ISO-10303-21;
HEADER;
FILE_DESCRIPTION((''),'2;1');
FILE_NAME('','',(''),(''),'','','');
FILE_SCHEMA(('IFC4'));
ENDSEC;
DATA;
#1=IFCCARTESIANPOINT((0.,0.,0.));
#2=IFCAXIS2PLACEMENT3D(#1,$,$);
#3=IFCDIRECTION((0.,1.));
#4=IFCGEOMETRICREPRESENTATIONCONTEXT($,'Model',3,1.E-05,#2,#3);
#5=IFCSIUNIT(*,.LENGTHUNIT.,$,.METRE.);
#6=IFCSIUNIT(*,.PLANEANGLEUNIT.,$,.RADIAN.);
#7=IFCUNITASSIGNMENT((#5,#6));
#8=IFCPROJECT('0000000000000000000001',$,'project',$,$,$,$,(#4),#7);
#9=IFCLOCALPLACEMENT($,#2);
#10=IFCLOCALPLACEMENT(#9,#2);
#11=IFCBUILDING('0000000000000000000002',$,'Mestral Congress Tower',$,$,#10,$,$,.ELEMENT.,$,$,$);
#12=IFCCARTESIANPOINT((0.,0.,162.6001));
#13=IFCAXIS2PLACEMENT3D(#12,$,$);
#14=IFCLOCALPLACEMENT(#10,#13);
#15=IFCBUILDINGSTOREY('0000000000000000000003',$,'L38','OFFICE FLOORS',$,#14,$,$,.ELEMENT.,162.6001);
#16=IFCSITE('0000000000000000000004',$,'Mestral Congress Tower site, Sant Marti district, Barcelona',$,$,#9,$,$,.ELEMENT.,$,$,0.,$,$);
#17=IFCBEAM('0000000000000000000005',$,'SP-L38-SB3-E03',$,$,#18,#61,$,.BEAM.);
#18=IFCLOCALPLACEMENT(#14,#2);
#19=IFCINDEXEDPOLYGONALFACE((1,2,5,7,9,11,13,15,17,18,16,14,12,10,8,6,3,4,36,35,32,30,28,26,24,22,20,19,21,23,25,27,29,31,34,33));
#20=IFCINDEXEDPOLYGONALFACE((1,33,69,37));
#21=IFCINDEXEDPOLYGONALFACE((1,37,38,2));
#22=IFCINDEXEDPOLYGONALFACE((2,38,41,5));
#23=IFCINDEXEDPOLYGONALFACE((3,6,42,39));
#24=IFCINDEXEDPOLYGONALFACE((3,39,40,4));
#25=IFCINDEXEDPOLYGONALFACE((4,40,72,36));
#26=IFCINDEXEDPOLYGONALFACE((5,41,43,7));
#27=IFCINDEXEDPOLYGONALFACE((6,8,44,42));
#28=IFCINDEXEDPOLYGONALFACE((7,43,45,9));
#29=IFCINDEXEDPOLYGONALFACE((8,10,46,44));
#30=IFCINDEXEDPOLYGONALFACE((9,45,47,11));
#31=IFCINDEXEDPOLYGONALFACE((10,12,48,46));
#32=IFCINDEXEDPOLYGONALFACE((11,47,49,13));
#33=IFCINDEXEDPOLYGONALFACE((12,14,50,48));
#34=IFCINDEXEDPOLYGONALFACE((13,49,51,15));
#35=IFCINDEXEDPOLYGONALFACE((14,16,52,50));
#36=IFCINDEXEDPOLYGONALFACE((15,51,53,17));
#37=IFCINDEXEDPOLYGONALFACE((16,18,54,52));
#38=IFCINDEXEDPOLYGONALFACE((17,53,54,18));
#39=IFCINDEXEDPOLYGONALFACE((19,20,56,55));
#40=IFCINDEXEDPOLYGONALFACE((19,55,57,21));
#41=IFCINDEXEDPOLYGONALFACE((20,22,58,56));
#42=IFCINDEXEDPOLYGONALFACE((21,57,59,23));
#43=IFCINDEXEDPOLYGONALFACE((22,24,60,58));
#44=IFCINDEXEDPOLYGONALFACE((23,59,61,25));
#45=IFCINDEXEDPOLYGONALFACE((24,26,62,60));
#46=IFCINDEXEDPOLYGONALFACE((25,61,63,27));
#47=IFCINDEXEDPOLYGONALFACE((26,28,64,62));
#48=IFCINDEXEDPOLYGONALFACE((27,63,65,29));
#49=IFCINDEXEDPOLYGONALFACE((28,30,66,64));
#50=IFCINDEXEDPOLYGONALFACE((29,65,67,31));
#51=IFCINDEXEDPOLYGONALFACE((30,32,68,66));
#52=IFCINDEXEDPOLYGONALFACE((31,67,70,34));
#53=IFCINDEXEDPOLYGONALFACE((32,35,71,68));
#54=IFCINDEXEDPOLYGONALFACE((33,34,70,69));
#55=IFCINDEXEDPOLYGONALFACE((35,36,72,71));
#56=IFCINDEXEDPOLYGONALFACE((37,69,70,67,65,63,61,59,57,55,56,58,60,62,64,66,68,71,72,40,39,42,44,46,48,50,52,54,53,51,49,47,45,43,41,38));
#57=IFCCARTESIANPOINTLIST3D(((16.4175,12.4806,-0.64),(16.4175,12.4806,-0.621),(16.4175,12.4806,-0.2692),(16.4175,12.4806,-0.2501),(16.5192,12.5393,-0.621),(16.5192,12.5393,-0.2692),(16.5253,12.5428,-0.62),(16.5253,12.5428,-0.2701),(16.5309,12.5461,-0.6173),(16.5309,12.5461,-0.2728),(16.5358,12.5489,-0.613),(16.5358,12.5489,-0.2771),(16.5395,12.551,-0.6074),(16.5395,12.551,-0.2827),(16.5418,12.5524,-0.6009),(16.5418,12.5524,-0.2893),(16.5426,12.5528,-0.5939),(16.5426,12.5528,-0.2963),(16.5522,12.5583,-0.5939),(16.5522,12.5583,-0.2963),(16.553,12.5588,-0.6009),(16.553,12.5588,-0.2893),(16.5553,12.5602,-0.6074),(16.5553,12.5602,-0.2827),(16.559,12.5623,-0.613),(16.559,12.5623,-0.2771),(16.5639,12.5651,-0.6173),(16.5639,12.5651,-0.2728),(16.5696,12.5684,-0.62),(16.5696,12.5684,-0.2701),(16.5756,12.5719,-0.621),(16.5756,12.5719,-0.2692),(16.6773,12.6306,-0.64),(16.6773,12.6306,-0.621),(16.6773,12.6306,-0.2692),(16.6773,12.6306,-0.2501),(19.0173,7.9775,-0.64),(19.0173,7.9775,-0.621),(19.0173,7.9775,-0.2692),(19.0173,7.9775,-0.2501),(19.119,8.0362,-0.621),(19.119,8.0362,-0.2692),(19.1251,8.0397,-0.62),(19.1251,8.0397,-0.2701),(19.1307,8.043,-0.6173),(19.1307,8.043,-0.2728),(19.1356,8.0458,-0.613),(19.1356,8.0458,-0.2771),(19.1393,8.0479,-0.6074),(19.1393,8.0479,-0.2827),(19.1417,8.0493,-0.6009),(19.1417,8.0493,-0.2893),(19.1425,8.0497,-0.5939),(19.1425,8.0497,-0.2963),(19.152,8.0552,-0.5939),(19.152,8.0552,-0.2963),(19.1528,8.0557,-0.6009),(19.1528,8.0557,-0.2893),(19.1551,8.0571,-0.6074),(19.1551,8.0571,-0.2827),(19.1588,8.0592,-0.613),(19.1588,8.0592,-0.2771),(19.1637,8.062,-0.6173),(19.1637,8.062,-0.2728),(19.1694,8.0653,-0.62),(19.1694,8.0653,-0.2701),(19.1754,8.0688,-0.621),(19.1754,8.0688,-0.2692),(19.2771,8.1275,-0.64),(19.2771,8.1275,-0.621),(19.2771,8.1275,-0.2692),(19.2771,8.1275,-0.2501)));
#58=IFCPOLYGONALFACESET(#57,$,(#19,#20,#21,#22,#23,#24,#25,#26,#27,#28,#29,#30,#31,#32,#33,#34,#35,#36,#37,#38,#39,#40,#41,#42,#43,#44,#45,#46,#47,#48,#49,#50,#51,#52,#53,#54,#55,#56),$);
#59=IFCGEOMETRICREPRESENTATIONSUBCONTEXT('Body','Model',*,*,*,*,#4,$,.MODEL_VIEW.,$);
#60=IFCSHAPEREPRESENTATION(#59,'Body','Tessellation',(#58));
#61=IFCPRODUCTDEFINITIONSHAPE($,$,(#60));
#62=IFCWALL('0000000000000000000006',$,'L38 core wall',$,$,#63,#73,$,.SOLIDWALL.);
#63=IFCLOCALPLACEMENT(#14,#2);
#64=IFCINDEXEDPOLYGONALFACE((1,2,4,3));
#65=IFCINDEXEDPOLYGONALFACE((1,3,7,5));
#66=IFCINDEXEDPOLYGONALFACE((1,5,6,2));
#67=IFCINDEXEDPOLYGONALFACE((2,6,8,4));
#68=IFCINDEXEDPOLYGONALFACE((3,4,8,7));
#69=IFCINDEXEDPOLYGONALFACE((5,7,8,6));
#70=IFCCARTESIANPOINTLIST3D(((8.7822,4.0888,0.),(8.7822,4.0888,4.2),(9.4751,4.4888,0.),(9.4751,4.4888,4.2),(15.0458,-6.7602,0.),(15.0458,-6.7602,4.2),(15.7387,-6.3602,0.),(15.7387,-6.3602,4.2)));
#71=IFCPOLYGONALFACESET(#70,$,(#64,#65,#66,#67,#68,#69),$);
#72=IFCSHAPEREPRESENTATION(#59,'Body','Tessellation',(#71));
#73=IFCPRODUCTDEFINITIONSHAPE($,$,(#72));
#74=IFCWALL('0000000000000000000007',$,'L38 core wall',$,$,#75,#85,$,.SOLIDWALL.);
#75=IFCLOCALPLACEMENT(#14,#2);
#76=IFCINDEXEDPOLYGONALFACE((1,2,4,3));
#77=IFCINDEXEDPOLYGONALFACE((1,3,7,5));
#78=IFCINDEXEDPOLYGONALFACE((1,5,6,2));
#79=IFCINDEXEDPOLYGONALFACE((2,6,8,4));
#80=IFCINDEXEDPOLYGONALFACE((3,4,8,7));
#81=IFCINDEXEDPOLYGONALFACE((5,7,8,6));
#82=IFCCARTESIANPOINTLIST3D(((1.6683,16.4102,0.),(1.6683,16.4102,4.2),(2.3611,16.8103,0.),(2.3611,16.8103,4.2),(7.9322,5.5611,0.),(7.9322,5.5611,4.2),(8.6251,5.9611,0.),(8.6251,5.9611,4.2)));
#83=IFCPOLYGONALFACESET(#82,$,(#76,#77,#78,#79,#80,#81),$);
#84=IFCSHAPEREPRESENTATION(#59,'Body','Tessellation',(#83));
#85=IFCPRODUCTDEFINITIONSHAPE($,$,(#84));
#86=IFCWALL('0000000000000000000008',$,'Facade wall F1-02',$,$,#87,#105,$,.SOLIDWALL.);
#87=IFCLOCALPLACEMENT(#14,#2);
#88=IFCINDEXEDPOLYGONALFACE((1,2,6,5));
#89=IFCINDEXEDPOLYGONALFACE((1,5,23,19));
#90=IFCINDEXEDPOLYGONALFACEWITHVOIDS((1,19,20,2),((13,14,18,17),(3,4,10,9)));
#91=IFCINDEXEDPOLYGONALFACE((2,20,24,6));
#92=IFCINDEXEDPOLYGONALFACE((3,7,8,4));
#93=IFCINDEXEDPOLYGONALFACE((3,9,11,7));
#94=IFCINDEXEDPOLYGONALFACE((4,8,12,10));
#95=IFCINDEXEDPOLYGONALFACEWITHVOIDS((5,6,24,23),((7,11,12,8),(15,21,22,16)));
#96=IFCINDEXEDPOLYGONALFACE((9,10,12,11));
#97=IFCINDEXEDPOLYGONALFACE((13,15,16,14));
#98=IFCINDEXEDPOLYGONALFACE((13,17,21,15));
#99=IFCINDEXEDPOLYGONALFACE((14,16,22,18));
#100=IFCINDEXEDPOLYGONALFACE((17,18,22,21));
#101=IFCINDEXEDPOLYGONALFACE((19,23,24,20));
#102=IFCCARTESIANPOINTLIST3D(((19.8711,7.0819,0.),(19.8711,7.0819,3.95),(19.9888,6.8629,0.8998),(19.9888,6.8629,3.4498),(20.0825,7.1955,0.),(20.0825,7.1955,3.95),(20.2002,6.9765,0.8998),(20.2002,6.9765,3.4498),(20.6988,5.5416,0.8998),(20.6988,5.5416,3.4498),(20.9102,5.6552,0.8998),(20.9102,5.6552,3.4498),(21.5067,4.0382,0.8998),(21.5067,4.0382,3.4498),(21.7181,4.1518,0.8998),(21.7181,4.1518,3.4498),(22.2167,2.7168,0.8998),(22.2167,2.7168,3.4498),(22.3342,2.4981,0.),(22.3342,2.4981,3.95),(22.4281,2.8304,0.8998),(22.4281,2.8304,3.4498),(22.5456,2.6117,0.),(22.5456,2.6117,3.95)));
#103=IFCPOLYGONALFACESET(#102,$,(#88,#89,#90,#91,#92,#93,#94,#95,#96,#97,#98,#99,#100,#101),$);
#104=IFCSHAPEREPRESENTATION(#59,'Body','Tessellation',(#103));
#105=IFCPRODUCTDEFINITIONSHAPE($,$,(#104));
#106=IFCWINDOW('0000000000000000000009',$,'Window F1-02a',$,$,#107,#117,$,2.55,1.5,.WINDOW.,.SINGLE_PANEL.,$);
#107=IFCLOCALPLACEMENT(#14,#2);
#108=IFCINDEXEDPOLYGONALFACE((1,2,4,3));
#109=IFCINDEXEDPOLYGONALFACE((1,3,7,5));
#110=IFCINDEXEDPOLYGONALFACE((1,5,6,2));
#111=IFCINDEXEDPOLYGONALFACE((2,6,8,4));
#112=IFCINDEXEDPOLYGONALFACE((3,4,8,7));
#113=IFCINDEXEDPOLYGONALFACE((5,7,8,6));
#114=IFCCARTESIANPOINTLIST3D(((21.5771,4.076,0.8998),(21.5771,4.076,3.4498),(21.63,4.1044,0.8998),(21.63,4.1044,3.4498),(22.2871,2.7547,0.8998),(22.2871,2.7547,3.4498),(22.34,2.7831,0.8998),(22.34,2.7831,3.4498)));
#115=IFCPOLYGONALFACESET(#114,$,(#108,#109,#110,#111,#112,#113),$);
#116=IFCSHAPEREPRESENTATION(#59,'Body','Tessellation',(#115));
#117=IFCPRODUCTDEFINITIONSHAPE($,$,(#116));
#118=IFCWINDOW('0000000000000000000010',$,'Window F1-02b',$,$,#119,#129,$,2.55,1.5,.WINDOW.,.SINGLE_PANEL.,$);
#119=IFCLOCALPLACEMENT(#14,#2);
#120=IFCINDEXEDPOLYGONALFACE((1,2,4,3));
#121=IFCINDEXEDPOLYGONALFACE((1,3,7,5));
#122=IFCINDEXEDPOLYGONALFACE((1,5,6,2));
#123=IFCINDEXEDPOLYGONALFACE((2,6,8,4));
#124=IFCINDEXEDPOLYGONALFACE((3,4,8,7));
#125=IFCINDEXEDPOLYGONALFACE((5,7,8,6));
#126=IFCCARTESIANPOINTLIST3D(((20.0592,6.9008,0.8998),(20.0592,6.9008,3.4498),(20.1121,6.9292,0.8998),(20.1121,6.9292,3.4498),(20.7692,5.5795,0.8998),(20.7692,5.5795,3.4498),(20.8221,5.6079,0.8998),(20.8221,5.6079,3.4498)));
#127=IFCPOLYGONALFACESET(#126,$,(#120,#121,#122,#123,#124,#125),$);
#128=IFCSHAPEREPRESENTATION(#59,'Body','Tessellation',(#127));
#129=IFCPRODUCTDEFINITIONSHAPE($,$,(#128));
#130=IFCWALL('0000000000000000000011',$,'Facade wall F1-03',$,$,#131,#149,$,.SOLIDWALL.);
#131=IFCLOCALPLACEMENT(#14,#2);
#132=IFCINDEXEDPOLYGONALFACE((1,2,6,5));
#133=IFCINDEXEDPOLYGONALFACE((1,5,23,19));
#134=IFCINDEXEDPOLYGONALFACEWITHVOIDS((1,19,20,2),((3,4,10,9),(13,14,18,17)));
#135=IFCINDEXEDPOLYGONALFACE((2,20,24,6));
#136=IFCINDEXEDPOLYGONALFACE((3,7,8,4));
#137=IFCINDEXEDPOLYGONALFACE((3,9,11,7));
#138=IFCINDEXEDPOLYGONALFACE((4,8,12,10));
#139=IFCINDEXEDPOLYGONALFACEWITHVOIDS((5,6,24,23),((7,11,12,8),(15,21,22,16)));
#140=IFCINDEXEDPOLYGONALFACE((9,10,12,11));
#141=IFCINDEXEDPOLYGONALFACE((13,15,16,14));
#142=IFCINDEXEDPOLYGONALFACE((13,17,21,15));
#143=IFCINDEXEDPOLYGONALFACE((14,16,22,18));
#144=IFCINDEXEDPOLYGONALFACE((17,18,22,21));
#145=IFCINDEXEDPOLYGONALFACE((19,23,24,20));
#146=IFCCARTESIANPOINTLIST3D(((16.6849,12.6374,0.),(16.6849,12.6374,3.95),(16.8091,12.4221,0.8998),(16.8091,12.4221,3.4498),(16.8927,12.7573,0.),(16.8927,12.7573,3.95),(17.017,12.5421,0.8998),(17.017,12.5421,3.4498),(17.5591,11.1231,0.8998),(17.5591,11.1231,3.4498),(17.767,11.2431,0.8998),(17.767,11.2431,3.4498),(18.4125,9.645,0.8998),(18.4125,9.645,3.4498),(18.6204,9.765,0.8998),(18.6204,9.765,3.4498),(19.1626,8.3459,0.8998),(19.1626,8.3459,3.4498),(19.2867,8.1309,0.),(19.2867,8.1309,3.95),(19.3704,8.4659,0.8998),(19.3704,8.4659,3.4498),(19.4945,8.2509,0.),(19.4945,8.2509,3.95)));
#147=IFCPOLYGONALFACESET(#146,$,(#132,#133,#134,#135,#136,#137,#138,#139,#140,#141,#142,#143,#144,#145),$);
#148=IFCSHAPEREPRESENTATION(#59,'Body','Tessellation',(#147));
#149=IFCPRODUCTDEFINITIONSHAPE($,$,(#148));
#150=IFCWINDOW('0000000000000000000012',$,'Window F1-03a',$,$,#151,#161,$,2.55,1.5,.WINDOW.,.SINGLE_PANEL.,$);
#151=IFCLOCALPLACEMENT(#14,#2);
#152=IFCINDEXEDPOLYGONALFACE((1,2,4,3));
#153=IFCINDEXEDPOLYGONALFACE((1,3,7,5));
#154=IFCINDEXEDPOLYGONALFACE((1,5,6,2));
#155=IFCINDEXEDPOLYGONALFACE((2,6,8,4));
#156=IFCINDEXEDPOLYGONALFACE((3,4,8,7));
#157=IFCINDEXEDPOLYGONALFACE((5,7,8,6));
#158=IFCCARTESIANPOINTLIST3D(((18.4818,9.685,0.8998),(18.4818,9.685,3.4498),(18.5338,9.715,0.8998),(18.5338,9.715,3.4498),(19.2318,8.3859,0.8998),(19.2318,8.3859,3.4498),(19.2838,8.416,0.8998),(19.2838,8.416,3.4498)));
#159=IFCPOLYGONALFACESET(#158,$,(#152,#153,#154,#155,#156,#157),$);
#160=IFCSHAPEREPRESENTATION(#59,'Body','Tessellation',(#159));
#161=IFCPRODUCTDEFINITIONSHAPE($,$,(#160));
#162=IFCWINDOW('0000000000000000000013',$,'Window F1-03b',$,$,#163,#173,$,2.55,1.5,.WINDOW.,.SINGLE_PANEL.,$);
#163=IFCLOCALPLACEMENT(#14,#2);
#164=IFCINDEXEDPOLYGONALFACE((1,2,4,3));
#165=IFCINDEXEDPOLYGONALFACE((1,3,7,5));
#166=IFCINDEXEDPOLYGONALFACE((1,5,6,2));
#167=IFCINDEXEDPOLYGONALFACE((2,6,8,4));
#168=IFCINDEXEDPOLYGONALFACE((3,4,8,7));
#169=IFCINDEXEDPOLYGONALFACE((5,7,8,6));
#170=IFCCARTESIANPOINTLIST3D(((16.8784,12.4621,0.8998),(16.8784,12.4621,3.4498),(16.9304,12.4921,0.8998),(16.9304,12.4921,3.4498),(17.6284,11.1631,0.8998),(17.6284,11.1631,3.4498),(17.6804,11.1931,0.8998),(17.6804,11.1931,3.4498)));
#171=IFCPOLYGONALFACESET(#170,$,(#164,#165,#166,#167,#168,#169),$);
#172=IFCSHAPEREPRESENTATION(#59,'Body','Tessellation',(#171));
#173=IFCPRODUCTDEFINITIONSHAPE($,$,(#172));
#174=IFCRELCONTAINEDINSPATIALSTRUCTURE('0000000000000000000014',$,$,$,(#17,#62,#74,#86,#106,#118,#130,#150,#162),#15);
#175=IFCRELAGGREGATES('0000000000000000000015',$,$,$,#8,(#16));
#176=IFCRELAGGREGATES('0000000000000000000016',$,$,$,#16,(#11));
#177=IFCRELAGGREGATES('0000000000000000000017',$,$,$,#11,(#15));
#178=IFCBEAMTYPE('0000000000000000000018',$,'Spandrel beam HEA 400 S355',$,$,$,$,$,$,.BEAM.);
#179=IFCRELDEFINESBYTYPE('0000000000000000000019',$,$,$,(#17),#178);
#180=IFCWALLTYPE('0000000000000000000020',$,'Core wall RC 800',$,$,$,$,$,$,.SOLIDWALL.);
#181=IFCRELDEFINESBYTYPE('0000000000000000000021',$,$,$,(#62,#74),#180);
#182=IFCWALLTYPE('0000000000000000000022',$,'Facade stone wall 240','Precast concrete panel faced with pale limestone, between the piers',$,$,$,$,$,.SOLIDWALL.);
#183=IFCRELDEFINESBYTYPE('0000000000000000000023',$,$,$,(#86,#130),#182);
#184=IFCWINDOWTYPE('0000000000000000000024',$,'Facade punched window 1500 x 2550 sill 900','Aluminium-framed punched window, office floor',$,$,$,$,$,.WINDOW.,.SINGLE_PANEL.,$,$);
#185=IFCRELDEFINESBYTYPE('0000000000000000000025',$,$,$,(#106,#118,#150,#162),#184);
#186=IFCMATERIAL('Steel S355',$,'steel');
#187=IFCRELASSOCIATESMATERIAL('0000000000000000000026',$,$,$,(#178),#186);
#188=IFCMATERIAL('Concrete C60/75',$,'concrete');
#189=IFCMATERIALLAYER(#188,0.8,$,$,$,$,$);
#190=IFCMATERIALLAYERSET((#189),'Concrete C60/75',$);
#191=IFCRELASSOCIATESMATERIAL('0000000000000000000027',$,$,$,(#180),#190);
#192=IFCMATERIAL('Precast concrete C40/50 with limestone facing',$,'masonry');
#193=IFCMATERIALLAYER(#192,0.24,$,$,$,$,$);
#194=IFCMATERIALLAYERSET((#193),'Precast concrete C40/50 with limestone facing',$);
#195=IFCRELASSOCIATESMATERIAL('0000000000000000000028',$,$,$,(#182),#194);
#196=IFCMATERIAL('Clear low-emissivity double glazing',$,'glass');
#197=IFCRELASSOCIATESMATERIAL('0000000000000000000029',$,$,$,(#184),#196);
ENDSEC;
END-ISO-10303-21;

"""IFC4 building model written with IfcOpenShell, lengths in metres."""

from ifc_helpers import new_model, si_unit, direction, frame, frame_2d, origin, origin_2d, place, context, subcontext, project, spatial, rectangle, i_section, extrude, material, layer, layer_set, material_profile, profile_set, type_object, element, fill, save


model = new_model("IFC4")

# Units and contexts
model_context = context("Model", 3, precision=1e-05, world=origin(), true_north=direction((0.0, 1.0)))
body_context = subcontext(model_context, "Body", "Model", "MODEL_VIEW")
ifc_project = project(units=[si_unit("LENGTHUNIT", "METRE"), si_unit("PLANEANGLEUNIT", "RADIAN")], contexts=[model_context])

# Site, building, storey
site_placement = place(None, origin())
site = spatial("IfcSite", under=ifc_project, at=site_placement, Name="Mestral Congress Tower site, Sant Marti district, Barcelona", CompositionType="ELEMENT", RefElevation=0.0)
building_placement = place(site_placement, origin())
building = spatial("IfcBuilding", under=site, at=building_placement, Name="Mestral Congress Tower", CompositionType="ELEMENT")
storey_placement = place(building_placement, frame((0.0, 0.0, 162.6001)))
storey = spatial("IfcBuildingStorey", under=building, at=storey_placement, Name="L38", Description="OFFICE FLOORS", CompositionType="ELEMENT", Elevation=162.6001)

# Shared definitions
ifc_material_1 = material(Name="Concrete C60/75", Category="concrete")

# Beam
ifc_material_2 = material(Name="Steel S355", Category="steel")
ifc_material_profile_1 = material_profile(ifc_material_2, i_section(OverallWidth=0.3, OverallDepth=0.3899, WebThickness=0.011, FlangeThickness=0.019, FilletRadius=0.0271, at=origin_2d()), Name="HEA 400")
ifc_profile_set_1 = profile_set([ifc_material_profile_1], Name="Steel S355")
beam_type_1 = type_object("IfcBeamType", Name="Spandrel beam HEA 400 S355", PredefinedType="BEAM", material=ifc_profile_set_1)
for number, where, z_axis, x_axis, name in (
    (1, (19.1472, 8.0525, -0.4451), (-0.499992, 0.86603, 0.0), (-0.86603, -0.499992, 0.0), "SP-L38-SB3-E03"),
):
    element("IfcBeam", number, at=place(storey_placement, frame(where, z_axis=z_axis, x_axis=x_axis)), inside=storey, type_object=beam_type_1, Name=name, PredefinedType="BEAM", context=body_context, shape_type="SweptSolid", body=[
        extrude(i_section(OverallWidth=0.3, OverallDepth=0.3899, WebThickness=0.011, FlangeThickness=0.019, FilletRadius=0.0271, at=origin_2d()), origin(), (0.0, 0.0, 1.0), 5.1997),
    ])

# Walls
ifc_layer_1 = layer(ifc_material_1, 0.8)
ifc_layer_set_1 = layer_set([ifc_layer_1], Name="Concrete C60/75")
wall_type_1 = type_object("IfcWallType", Name="Core wall RC 800", PredefinedType="SOLIDWALL", material=ifc_layer_set_1)
wall_1_placement = place(storey_placement, frame((9.1287, 4.2888, 0.0), z_axis=(0.0, 0.0, 1.0), x_axis=(0.499996, -0.866028, 0.0)))
element("IfcWall", 2, at=wall_1_placement, inside=storey, type_object=wall_type_1, Name="L38 core wall", PredefinedType="SOLIDWALL", context=body_context, shape_type="SweptSolid", body=[
    extrude(rectangle(XDim=12.5273, YDim=0.8, at=frame_2d((6.2637, 0.0))), origin(), (0.0, 0.0, 1.0), 4.2),
])
wall_2_placement = place(storey_placement, frame((8.2786, 5.7612, 0.0), z_axis=(0.0, 0.0, 1.0), x_axis=(-0.50001, 0.866019, 0.0)))
element("IfcWall", 3, at=wall_2_placement, inside=storey, type_object=wall_type_1, Name="L38 core wall", PredefinedType="SOLIDWALL", context=body_context, shape_type="SweptSolid", body=[
    extrude(rectangle(XDim=12.5276, YDim=0.8, at=frame_2d((6.2637, 0.0))), origin(), (0.0, 0.0, 1.0), 4.2),
])

# Walls, openings, windows
ifc_material_3 = material(Name="Precast concrete C40/50 with limestone facing", Category="masonry")
ifc_layer_2 = layer(ifc_material_3, 0.24)
ifc_layer_set_2 = layer_set([ifc_layer_2], Name="Precast concrete C40/50 with limestone facing")
wall_type_2 = type_object("IfcWallType", Name="Facade stone wall 240", Description="Precast concrete panel faced with pale limestone, between the piers", PredefinedType="SOLIDWALL", material=ifc_layer_set_2)
wall_3_placement = place(storey_placement, frame((22.4399, 2.5549, 0.0), z_axis=(0.0, 0.0, 1.0), x_axis=(-0.47335, 0.880875, 0.0)))
wall_3 = element("IfcWall", 4, at=wall_3_placement, inside=storey, type_object=wall_type_2, Name="Facade wall F1-02", PredefinedType="SOLIDWALL", context=body_context, shape_type="SweptSolid", body=[
    extrude(rectangle(XDim=5.2036, YDim=0.24, at=frame_2d((2.6018, 0.0))), origin(), (0.0, 0.0, 1.0), 3.95),
])
opening_1_placement = place(wall_3_placement, frame((0.2483, 0.0, 0.8999)))
opening_1 = element("IfcOpeningElement", 5, at=opening_1_placement, cuts=wall_3, PredefinedType="OPENING", context=body_context, shape_type="SweptSolid", body=[
    extrude(rectangle(XDim=1.5, YDim=2.55, at=frame_2d((0.75, 1.2749))), frame((0.0, 0.1299, 0.0), z_axis=(0.0, -1.0, 0.0), x_axis=(1.0, 0.0, 0.0)), (0.0, 0.0, 1.0), 0.26),
])
opening_2_placement = place(wall_3_placement, frame((3.4551, 0.0, 0.8999)))
opening_2 = element("IfcOpeningElement", 6, at=opening_2_placement, cuts=wall_3, PredefinedType="OPENING", context=body_context, shape_type="SweptSolid", body=[
    extrude(rectangle(XDim=1.5, YDim=2.55, at=frame_2d((0.75, 1.2749))), frame((0.0, 0.1299, 0.0), z_axis=(0.0, -1.0, 0.0), x_axis=(1.0, 0.0, 0.0)), (0.0, 0.0, 1.0), 0.26),
])
ifc_material_4 = material(Name="Clear low-emissivity double glazing", Category="glass")
window_type = type_object("IfcWindowType", Name="Facade punched window 1500 x 2550 sill 900", Description="Aluminium-framed punched window, office floor", PartitioningType="SINGLE_PANEL", PredefinedType="WINDOW", material=ifc_material_4)
window_1_placement = place(opening_1_placement, origin())
window_1 = element("IfcWindow", 7, at=window_1_placement, inside=storey, type_object=window_type, Name="Window F1-02a", OverallHeight=2.55, OverallWidth=1.5, PartitioningType="SINGLE_PANEL", PredefinedType="WINDOW", context=body_context, shape_type="SweptSolid", body=[
    extrude(rectangle(XDim=1.5, YDim=2.55, at=frame_2d((0.75, 1.2749))), frame((0.0, 0.04, 0.0), z_axis=(0.0, -1.0, 0.0), x_axis=(1.0, 0.0, 0.0)), (0.0, 0.0, 1.0), 0.0601),
])
fill(opening_1, window_1)
window_2_placement = place(opening_2_placement, origin())
window_2 = element("IfcWindow", 8, at=window_2_placement, inside=storey, type_object=window_type, Name="Window F1-02b", OverallHeight=2.55, OverallWidth=1.5, PartitioningType="SINGLE_PANEL", PredefinedType="WINDOW", context=body_context, shape_type="SweptSolid", body=[
    extrude(rectangle(XDim=1.5, YDim=2.55, at=frame_2d((0.75, 1.2749))), frame((0.0, 0.04, 0.0), z_axis=(0.0, -1.0, 0.0), x_axis=(1.0, 0.0, 0.0)), (0.0, 0.0, 1.0), 0.0601),
])
fill(opening_2, window_2)
wall_4_placement = place(storey_placement, frame((19.3906, 8.1909, 0.0), z_axis=(0.0, 0.0, 1.0), x_axis=(-0.500009, 0.86602, 0.0)))
wall_4 = element("IfcWall", 9, at=wall_4_placement, inside=storey, type_object=wall_type_2, Name="Facade wall F1-03", PredefinedType="SOLIDWALL", context=body_context, shape_type="SweptSolid", body=[
    extrude(rectangle(XDim=5.2036, YDim=0.24, at=frame_2d((2.6018, 0.0))), origin(), (0.0, 0.0, 1.0), 3.95),
])
opening_3_placement = place(wall_4_placement, frame((0.2483, 0.0, 0.8999)))
opening_3 = element("IfcOpeningElement", 10, at=opening_3_placement, cuts=wall_4, PredefinedType="OPENING", context=body_context, shape_type="SweptSolid", body=[
    extrude(rectangle(XDim=1.5, YDim=2.55, at=frame_2d((0.75, 1.2749))), frame((0.0, 0.1299, 0.0), z_axis=(0.0, -1.0, 0.0), x_axis=(1.0, 0.0, 0.0)), (0.0, 0.0, 1.0), 0.26),
])
opening_4_placement = place(wall_4_placement, frame((3.4551, 0.0, 0.8999)))
opening_4 = element("IfcOpeningElement", 11, at=opening_4_placement, cuts=wall_4, PredefinedType="OPENING", context=body_context, shape_type="SweptSolid", body=[
    extrude(rectangle(XDim=1.5, YDim=2.55, at=frame_2d((0.75, 1.2749))), frame((0.0, 0.1299, 0.0), z_axis=(0.0, -1.0, 0.0), x_axis=(1.0, 0.0, 0.0)), (0.0, 0.0, 1.0), 0.26),
])
window_3_placement = place(opening_3_placement, origin())
window_3 = element("IfcWindow", 12, at=window_3_placement, inside=storey, type_object=window_type, Name="Window F1-03a", OverallHeight=2.55, OverallWidth=1.5, PartitioningType="SINGLE_PANEL", PredefinedType="WINDOW", context=body_context, shape_type="SweptSolid", body=[
    extrude(rectangle(XDim=1.5, YDim=2.55, at=frame_2d((0.75, 1.2749))), frame((0.0, 0.04, 0.0), z_axis=(0.0, -1.0, 0.0), x_axis=(1.0, 0.0, 0.0)), (0.0, 0.0, 1.0), 0.0601),
])
fill(opening_3, window_3)
window_4_placement = place(opening_4_placement, origin())
window_4 = element("IfcWindow", 13, at=window_4_placement, inside=storey, type_object=window_type, Name="Window F1-03b", OverallHeight=2.55, OverallWidth=1.5, PartitioningType="SINGLE_PANEL", PredefinedType="WINDOW", context=body_context, shape_type="SweptSolid", body=[
    extrude(rectangle(XDim=1.5, YDim=2.55, at=frame_2d((0.75, 1.2749))), frame((0.0, 0.04, 0.0), z_axis=(0.0, -1.0, 0.0), x_axis=(1.0, 0.0, 0.0)), (0.0, 0.0, 1.0), 0.0601),
])
fill(opening_4, window_4)

save(model, "model.ifc")
